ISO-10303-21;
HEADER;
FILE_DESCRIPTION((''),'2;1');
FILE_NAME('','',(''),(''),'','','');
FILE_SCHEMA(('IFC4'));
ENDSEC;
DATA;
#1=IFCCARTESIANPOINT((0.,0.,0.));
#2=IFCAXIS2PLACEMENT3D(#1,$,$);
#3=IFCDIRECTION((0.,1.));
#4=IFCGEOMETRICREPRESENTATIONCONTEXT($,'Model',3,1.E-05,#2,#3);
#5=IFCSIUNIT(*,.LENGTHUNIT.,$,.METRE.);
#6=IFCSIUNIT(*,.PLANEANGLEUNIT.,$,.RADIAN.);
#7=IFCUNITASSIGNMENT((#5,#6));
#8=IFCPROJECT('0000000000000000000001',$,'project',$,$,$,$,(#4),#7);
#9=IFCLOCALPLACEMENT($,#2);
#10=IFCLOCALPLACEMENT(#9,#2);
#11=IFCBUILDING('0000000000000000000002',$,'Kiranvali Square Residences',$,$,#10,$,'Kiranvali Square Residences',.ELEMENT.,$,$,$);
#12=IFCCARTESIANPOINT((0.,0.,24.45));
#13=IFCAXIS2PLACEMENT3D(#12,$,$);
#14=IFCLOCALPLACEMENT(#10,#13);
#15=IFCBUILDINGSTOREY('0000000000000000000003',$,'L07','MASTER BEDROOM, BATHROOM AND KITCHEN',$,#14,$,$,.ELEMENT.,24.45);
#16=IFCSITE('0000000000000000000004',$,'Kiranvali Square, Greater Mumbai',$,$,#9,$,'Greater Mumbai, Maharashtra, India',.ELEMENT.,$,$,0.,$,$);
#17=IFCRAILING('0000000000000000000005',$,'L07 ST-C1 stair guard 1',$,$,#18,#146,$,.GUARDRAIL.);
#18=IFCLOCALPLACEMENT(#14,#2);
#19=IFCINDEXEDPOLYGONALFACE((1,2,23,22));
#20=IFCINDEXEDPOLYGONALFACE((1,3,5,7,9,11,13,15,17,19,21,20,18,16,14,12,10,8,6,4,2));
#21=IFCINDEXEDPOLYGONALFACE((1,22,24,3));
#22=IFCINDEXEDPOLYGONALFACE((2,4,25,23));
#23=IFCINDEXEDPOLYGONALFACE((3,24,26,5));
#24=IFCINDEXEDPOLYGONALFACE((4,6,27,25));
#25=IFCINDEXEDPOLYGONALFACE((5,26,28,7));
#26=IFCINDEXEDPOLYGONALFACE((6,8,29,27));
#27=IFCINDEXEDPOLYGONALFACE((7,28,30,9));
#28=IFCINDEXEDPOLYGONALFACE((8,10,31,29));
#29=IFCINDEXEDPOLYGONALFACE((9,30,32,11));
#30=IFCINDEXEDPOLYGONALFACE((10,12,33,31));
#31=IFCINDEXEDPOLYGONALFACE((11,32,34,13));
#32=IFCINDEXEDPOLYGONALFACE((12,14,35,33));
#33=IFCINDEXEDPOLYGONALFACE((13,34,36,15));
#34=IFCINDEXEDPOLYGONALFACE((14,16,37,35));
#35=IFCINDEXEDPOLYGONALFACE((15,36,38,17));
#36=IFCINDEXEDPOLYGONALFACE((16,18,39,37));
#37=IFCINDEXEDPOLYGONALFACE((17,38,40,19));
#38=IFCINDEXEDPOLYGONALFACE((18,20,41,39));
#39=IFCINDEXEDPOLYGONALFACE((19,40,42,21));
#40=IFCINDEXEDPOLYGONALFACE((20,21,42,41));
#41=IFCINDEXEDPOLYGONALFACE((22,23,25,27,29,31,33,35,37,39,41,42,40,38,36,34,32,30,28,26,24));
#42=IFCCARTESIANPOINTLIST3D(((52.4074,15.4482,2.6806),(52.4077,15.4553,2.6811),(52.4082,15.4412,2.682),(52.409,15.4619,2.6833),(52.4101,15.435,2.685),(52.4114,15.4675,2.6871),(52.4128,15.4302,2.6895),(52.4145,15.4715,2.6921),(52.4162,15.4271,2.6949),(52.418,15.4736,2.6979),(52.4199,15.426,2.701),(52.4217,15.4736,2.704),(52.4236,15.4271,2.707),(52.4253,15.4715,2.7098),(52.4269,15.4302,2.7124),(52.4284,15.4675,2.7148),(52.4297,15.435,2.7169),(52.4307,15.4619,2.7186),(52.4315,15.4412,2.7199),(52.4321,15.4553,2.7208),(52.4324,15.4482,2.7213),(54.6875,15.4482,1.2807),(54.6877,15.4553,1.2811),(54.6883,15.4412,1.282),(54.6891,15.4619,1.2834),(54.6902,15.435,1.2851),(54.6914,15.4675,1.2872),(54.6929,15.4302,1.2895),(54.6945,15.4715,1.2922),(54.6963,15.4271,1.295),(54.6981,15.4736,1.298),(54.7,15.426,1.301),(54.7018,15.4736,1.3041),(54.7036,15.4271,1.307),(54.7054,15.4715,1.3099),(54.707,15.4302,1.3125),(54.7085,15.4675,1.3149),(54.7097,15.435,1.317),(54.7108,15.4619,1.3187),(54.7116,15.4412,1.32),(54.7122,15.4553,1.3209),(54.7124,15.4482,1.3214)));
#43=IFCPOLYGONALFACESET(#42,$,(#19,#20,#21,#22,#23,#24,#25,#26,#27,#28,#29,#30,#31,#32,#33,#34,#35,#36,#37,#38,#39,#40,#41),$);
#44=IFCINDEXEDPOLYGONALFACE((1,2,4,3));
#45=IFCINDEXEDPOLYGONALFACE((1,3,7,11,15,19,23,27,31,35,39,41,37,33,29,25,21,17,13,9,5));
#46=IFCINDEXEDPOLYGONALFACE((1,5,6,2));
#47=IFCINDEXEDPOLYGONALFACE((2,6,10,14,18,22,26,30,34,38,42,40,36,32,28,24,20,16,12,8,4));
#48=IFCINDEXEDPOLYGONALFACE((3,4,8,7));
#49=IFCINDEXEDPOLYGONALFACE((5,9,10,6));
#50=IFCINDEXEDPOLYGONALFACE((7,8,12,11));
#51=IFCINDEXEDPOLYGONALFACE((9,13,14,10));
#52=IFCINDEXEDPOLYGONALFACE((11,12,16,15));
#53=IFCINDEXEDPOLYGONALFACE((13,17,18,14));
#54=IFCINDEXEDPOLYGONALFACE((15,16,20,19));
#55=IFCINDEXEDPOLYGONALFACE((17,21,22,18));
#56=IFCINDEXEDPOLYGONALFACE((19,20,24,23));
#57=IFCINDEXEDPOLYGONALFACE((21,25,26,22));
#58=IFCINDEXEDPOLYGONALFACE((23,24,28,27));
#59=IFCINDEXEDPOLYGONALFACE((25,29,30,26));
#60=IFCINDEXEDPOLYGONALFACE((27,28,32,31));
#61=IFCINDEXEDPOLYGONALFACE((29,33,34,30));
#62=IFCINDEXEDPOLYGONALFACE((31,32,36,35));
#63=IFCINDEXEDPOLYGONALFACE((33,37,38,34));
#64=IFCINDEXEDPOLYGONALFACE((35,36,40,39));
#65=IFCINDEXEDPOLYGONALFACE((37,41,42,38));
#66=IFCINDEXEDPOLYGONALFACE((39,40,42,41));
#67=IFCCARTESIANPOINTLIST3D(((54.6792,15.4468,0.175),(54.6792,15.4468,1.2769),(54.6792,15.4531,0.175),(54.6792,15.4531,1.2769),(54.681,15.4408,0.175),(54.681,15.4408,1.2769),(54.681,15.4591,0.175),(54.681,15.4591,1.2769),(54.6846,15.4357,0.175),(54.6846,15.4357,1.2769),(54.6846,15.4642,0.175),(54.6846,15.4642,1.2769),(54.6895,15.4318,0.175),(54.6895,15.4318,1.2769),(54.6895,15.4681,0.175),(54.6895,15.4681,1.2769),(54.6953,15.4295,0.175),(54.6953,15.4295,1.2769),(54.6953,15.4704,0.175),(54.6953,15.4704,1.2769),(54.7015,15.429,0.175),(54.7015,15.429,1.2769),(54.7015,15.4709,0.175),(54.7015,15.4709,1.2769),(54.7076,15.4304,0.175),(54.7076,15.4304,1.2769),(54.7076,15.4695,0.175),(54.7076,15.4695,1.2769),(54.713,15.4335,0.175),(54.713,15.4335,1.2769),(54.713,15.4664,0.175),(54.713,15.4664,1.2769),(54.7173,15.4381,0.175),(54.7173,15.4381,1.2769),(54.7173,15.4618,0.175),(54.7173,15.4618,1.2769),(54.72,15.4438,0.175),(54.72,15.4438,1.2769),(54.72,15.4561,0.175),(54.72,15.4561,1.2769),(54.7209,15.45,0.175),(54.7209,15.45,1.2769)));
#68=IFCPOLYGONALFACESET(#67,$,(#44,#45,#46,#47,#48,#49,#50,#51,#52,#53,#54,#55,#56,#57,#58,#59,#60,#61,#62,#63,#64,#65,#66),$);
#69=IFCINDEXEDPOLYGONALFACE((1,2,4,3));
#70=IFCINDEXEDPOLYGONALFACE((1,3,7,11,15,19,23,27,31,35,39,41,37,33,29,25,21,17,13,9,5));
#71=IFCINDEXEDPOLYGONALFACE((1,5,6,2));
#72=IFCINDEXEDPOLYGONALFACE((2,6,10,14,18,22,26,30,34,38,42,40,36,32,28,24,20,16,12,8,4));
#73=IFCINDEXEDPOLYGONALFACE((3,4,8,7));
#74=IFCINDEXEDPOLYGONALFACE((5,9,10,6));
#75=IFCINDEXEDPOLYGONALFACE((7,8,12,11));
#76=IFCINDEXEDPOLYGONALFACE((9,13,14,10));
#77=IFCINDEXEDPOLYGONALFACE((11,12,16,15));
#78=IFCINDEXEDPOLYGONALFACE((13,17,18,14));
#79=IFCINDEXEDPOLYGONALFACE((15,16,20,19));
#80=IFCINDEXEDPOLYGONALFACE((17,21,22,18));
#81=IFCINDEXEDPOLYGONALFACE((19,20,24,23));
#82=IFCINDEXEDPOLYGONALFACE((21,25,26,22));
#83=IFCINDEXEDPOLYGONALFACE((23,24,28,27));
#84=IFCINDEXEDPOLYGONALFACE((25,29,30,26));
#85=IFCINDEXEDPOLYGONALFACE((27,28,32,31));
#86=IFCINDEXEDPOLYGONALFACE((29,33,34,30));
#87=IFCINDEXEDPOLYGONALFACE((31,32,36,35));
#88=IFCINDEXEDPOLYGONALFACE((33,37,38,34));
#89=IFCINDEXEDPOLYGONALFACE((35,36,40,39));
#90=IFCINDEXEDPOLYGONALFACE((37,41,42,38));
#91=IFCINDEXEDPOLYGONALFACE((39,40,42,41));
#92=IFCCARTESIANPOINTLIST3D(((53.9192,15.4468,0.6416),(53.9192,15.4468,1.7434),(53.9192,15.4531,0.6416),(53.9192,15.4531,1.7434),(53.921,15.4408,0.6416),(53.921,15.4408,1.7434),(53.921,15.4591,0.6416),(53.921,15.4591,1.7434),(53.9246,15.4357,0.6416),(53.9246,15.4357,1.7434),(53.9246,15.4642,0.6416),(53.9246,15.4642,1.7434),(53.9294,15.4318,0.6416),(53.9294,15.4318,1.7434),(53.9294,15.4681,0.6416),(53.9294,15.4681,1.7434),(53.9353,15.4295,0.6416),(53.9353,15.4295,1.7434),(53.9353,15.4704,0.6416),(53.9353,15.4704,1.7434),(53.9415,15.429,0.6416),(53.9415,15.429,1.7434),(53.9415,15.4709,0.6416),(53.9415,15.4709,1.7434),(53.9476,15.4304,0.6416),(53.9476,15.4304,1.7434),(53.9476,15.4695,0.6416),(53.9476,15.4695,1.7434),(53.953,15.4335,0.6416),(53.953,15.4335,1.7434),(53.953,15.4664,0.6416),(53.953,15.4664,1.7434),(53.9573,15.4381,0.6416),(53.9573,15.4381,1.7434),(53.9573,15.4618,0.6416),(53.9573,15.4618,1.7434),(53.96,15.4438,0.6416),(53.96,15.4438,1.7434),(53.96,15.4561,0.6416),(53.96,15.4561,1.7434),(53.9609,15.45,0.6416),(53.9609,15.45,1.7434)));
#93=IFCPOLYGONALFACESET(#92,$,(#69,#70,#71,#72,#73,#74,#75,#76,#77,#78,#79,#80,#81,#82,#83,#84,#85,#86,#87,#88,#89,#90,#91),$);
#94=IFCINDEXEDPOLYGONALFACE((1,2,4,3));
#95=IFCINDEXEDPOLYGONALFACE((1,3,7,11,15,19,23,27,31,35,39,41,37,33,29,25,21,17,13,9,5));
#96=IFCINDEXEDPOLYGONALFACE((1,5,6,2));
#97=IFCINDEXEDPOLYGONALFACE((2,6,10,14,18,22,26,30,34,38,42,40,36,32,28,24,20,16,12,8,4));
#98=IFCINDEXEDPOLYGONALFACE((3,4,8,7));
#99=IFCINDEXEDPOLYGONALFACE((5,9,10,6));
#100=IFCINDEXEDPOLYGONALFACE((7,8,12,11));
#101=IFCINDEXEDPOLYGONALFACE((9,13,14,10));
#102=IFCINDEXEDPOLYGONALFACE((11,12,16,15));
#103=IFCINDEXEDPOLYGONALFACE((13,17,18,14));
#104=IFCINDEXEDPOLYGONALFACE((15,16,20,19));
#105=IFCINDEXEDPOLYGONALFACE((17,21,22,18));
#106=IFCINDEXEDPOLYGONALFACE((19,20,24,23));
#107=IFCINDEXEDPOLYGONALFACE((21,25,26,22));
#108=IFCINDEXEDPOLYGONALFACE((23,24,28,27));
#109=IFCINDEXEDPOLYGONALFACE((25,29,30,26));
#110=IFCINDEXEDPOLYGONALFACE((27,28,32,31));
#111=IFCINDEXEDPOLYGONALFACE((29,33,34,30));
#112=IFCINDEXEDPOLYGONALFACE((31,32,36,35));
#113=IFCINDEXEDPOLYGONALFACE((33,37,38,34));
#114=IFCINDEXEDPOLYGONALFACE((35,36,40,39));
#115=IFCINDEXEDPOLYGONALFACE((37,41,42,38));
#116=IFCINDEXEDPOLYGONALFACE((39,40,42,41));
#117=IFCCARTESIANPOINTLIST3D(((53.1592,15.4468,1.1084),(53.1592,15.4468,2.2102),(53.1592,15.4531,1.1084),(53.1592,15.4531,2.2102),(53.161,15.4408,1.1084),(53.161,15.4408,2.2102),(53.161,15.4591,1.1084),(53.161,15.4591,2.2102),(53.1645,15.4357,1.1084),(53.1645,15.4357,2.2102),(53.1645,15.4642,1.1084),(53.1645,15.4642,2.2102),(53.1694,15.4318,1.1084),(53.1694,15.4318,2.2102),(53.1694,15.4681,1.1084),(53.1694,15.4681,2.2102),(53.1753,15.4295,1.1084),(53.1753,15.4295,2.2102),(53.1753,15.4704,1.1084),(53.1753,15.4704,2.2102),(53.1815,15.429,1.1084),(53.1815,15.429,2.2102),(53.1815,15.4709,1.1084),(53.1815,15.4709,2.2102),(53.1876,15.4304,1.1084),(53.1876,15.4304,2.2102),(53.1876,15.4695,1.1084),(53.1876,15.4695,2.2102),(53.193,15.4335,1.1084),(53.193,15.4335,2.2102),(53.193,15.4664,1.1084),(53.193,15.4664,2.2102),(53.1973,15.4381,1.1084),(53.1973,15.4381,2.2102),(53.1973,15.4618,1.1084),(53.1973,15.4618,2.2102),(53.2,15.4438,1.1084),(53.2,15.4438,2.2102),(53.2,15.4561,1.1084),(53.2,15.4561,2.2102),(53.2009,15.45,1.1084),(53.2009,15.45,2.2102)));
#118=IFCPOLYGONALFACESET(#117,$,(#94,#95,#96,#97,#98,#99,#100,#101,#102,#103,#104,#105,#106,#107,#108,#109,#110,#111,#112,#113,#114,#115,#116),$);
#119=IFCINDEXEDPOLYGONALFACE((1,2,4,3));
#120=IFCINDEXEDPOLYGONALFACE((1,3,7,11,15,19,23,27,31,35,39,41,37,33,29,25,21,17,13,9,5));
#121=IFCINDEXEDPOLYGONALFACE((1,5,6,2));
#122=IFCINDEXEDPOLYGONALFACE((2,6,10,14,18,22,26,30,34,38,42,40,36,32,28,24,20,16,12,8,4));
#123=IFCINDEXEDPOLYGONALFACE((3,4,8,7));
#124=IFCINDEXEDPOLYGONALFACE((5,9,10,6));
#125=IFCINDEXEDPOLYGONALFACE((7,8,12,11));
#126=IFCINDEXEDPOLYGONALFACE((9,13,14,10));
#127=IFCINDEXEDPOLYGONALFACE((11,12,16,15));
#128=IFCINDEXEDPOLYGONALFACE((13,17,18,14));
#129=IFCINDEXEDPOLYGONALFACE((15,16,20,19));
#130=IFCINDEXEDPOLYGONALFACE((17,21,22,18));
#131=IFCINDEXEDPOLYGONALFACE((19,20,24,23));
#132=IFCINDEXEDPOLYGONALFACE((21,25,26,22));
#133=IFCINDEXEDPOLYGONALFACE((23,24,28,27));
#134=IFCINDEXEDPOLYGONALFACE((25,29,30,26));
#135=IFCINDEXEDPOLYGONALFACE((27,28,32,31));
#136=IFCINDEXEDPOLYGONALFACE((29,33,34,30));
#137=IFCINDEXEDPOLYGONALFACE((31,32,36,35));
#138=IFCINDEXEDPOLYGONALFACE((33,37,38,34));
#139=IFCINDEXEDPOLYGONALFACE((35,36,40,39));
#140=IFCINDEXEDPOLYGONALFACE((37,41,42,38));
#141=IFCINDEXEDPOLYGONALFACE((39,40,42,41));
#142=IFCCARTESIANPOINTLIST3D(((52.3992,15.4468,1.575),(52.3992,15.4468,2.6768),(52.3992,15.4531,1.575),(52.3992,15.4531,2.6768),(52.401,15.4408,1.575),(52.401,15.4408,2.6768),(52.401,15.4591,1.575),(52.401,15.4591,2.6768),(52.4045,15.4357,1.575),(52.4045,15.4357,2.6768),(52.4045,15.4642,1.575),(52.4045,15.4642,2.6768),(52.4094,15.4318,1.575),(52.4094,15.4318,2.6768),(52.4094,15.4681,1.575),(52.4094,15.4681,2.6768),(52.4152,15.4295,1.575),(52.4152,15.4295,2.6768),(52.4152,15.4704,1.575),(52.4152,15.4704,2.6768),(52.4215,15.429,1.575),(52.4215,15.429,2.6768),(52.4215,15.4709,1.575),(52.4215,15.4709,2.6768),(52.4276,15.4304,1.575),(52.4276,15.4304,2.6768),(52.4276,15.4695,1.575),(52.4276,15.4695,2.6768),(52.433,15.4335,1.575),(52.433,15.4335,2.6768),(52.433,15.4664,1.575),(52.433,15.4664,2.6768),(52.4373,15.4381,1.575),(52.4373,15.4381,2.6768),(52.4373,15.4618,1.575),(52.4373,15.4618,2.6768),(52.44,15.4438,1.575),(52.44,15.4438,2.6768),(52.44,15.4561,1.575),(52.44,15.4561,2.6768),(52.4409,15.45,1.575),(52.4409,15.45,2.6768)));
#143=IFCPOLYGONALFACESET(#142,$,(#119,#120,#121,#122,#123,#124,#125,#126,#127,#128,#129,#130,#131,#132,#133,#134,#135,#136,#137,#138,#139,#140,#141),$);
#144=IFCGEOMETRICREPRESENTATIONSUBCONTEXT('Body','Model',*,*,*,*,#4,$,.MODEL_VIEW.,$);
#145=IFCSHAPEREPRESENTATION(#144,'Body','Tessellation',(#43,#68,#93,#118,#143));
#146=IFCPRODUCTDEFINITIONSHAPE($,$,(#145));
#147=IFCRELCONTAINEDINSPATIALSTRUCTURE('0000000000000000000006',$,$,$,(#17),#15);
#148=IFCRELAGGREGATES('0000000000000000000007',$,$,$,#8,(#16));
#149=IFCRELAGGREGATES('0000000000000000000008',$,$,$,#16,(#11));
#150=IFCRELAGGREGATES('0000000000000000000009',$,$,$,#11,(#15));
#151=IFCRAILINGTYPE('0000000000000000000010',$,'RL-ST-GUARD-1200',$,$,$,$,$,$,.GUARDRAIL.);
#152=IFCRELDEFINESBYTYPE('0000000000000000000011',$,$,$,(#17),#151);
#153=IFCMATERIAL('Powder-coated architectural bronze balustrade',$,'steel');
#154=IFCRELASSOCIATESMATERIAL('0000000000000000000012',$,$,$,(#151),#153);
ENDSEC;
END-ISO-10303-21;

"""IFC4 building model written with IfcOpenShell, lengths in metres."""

from ifc_helpers import new_model, si_unit, direction, frame, origin, origin_2d, place, context, subcontext, project, spatial, circle, extrude, material, type_object, element, save


model = new_model("IFC4")

# Units and contexts
model_context = context("Model", 3, precision=1e-05, world=origin(), true_north=direction((0.0, 1.0)))
body_context = subcontext(model_context, "Body", "Model", "MODEL_VIEW")
ifc_project = project(units=[si_unit("LENGTHUNIT", "METRE"), si_unit("PLANEANGLEUNIT", "RADIAN")], contexts=[model_context])

# Site, building, storey
site_placement = place(None, origin())
site = spatial("IfcSite", under=ifc_project, at=site_placement, Name="Kiranvali Square, Greater Mumbai", LongName="Greater Mumbai, Maharashtra, India", CompositionType="ELEMENT", RefElevation=0.0)
building_placement = place(site_placement, origin())
building = spatial("IfcBuilding", under=site, at=building_placement, Name="Kiranvali Square Residences", LongName="Kiranvali Square Residences", CompositionType="ELEMENT")
storey_placement = place(building_placement, frame((0.0, 0.0, 24.45)))
storey = spatial("IfcBuildingStorey", under=building, at=storey_placement, Name="L07", Description="MASTER BEDROOM, BATHROOM AND KITCHEN", CompositionType="ELEMENT", Elevation=24.45)

# Railing
ifc_material_1 = material(Name="Powder-coated architectural bronze balustrade", Category="steel")
railing_type_1 = type_object("IfcRailingType", Name="RL-ST-GUARD-1200", PredefinedType="GUARDRAIL", material=ifc_material_1)
railing_1_placement = place(storey_placement, frame((54.7, 15.45, 0.175)))
element("IfcRailing", 1, at=railing_1_placement, inside=storey, type_object=railing_type_1, Name="L07 ST-C1 stair guard 1", PredefinedType="GUARDRAIL", context=body_context, shape_type="SweptSolid", body=[
    extrude(circle(Radius=0.0239, at=origin_2d()), frame((0.0, 0.0, 1.126), z_axis=(-0.85219, 0.0, 0.523232), x_axis=(0.0, -1.0, 0.0)), (0.0, 0.0, 1.0), 2.6755),
    extrude(circle(Radius=0.021, at=origin_2d()), origin(), (0.0, 0.0, 1.0), 1.1018),
    extrude(circle(Radius=0.021, at=origin_2d()), frame((-0.76, 0.0, 0.4666)), (0.0, 0.0, 1.0), 1.1018),
    extrude(circle(Radius=0.021, at=origin_2d()), frame((-1.52, 0.0, 0.9333)), (0.0, 0.0, 1.0), 1.1018),
    extrude(circle(Radius=0.021, at=origin_2d()), frame((-2.28, 0.0, 1.3999)), (0.0, 0.0, 1.0), 1.1018),
])

save(model, "model.ifc")
